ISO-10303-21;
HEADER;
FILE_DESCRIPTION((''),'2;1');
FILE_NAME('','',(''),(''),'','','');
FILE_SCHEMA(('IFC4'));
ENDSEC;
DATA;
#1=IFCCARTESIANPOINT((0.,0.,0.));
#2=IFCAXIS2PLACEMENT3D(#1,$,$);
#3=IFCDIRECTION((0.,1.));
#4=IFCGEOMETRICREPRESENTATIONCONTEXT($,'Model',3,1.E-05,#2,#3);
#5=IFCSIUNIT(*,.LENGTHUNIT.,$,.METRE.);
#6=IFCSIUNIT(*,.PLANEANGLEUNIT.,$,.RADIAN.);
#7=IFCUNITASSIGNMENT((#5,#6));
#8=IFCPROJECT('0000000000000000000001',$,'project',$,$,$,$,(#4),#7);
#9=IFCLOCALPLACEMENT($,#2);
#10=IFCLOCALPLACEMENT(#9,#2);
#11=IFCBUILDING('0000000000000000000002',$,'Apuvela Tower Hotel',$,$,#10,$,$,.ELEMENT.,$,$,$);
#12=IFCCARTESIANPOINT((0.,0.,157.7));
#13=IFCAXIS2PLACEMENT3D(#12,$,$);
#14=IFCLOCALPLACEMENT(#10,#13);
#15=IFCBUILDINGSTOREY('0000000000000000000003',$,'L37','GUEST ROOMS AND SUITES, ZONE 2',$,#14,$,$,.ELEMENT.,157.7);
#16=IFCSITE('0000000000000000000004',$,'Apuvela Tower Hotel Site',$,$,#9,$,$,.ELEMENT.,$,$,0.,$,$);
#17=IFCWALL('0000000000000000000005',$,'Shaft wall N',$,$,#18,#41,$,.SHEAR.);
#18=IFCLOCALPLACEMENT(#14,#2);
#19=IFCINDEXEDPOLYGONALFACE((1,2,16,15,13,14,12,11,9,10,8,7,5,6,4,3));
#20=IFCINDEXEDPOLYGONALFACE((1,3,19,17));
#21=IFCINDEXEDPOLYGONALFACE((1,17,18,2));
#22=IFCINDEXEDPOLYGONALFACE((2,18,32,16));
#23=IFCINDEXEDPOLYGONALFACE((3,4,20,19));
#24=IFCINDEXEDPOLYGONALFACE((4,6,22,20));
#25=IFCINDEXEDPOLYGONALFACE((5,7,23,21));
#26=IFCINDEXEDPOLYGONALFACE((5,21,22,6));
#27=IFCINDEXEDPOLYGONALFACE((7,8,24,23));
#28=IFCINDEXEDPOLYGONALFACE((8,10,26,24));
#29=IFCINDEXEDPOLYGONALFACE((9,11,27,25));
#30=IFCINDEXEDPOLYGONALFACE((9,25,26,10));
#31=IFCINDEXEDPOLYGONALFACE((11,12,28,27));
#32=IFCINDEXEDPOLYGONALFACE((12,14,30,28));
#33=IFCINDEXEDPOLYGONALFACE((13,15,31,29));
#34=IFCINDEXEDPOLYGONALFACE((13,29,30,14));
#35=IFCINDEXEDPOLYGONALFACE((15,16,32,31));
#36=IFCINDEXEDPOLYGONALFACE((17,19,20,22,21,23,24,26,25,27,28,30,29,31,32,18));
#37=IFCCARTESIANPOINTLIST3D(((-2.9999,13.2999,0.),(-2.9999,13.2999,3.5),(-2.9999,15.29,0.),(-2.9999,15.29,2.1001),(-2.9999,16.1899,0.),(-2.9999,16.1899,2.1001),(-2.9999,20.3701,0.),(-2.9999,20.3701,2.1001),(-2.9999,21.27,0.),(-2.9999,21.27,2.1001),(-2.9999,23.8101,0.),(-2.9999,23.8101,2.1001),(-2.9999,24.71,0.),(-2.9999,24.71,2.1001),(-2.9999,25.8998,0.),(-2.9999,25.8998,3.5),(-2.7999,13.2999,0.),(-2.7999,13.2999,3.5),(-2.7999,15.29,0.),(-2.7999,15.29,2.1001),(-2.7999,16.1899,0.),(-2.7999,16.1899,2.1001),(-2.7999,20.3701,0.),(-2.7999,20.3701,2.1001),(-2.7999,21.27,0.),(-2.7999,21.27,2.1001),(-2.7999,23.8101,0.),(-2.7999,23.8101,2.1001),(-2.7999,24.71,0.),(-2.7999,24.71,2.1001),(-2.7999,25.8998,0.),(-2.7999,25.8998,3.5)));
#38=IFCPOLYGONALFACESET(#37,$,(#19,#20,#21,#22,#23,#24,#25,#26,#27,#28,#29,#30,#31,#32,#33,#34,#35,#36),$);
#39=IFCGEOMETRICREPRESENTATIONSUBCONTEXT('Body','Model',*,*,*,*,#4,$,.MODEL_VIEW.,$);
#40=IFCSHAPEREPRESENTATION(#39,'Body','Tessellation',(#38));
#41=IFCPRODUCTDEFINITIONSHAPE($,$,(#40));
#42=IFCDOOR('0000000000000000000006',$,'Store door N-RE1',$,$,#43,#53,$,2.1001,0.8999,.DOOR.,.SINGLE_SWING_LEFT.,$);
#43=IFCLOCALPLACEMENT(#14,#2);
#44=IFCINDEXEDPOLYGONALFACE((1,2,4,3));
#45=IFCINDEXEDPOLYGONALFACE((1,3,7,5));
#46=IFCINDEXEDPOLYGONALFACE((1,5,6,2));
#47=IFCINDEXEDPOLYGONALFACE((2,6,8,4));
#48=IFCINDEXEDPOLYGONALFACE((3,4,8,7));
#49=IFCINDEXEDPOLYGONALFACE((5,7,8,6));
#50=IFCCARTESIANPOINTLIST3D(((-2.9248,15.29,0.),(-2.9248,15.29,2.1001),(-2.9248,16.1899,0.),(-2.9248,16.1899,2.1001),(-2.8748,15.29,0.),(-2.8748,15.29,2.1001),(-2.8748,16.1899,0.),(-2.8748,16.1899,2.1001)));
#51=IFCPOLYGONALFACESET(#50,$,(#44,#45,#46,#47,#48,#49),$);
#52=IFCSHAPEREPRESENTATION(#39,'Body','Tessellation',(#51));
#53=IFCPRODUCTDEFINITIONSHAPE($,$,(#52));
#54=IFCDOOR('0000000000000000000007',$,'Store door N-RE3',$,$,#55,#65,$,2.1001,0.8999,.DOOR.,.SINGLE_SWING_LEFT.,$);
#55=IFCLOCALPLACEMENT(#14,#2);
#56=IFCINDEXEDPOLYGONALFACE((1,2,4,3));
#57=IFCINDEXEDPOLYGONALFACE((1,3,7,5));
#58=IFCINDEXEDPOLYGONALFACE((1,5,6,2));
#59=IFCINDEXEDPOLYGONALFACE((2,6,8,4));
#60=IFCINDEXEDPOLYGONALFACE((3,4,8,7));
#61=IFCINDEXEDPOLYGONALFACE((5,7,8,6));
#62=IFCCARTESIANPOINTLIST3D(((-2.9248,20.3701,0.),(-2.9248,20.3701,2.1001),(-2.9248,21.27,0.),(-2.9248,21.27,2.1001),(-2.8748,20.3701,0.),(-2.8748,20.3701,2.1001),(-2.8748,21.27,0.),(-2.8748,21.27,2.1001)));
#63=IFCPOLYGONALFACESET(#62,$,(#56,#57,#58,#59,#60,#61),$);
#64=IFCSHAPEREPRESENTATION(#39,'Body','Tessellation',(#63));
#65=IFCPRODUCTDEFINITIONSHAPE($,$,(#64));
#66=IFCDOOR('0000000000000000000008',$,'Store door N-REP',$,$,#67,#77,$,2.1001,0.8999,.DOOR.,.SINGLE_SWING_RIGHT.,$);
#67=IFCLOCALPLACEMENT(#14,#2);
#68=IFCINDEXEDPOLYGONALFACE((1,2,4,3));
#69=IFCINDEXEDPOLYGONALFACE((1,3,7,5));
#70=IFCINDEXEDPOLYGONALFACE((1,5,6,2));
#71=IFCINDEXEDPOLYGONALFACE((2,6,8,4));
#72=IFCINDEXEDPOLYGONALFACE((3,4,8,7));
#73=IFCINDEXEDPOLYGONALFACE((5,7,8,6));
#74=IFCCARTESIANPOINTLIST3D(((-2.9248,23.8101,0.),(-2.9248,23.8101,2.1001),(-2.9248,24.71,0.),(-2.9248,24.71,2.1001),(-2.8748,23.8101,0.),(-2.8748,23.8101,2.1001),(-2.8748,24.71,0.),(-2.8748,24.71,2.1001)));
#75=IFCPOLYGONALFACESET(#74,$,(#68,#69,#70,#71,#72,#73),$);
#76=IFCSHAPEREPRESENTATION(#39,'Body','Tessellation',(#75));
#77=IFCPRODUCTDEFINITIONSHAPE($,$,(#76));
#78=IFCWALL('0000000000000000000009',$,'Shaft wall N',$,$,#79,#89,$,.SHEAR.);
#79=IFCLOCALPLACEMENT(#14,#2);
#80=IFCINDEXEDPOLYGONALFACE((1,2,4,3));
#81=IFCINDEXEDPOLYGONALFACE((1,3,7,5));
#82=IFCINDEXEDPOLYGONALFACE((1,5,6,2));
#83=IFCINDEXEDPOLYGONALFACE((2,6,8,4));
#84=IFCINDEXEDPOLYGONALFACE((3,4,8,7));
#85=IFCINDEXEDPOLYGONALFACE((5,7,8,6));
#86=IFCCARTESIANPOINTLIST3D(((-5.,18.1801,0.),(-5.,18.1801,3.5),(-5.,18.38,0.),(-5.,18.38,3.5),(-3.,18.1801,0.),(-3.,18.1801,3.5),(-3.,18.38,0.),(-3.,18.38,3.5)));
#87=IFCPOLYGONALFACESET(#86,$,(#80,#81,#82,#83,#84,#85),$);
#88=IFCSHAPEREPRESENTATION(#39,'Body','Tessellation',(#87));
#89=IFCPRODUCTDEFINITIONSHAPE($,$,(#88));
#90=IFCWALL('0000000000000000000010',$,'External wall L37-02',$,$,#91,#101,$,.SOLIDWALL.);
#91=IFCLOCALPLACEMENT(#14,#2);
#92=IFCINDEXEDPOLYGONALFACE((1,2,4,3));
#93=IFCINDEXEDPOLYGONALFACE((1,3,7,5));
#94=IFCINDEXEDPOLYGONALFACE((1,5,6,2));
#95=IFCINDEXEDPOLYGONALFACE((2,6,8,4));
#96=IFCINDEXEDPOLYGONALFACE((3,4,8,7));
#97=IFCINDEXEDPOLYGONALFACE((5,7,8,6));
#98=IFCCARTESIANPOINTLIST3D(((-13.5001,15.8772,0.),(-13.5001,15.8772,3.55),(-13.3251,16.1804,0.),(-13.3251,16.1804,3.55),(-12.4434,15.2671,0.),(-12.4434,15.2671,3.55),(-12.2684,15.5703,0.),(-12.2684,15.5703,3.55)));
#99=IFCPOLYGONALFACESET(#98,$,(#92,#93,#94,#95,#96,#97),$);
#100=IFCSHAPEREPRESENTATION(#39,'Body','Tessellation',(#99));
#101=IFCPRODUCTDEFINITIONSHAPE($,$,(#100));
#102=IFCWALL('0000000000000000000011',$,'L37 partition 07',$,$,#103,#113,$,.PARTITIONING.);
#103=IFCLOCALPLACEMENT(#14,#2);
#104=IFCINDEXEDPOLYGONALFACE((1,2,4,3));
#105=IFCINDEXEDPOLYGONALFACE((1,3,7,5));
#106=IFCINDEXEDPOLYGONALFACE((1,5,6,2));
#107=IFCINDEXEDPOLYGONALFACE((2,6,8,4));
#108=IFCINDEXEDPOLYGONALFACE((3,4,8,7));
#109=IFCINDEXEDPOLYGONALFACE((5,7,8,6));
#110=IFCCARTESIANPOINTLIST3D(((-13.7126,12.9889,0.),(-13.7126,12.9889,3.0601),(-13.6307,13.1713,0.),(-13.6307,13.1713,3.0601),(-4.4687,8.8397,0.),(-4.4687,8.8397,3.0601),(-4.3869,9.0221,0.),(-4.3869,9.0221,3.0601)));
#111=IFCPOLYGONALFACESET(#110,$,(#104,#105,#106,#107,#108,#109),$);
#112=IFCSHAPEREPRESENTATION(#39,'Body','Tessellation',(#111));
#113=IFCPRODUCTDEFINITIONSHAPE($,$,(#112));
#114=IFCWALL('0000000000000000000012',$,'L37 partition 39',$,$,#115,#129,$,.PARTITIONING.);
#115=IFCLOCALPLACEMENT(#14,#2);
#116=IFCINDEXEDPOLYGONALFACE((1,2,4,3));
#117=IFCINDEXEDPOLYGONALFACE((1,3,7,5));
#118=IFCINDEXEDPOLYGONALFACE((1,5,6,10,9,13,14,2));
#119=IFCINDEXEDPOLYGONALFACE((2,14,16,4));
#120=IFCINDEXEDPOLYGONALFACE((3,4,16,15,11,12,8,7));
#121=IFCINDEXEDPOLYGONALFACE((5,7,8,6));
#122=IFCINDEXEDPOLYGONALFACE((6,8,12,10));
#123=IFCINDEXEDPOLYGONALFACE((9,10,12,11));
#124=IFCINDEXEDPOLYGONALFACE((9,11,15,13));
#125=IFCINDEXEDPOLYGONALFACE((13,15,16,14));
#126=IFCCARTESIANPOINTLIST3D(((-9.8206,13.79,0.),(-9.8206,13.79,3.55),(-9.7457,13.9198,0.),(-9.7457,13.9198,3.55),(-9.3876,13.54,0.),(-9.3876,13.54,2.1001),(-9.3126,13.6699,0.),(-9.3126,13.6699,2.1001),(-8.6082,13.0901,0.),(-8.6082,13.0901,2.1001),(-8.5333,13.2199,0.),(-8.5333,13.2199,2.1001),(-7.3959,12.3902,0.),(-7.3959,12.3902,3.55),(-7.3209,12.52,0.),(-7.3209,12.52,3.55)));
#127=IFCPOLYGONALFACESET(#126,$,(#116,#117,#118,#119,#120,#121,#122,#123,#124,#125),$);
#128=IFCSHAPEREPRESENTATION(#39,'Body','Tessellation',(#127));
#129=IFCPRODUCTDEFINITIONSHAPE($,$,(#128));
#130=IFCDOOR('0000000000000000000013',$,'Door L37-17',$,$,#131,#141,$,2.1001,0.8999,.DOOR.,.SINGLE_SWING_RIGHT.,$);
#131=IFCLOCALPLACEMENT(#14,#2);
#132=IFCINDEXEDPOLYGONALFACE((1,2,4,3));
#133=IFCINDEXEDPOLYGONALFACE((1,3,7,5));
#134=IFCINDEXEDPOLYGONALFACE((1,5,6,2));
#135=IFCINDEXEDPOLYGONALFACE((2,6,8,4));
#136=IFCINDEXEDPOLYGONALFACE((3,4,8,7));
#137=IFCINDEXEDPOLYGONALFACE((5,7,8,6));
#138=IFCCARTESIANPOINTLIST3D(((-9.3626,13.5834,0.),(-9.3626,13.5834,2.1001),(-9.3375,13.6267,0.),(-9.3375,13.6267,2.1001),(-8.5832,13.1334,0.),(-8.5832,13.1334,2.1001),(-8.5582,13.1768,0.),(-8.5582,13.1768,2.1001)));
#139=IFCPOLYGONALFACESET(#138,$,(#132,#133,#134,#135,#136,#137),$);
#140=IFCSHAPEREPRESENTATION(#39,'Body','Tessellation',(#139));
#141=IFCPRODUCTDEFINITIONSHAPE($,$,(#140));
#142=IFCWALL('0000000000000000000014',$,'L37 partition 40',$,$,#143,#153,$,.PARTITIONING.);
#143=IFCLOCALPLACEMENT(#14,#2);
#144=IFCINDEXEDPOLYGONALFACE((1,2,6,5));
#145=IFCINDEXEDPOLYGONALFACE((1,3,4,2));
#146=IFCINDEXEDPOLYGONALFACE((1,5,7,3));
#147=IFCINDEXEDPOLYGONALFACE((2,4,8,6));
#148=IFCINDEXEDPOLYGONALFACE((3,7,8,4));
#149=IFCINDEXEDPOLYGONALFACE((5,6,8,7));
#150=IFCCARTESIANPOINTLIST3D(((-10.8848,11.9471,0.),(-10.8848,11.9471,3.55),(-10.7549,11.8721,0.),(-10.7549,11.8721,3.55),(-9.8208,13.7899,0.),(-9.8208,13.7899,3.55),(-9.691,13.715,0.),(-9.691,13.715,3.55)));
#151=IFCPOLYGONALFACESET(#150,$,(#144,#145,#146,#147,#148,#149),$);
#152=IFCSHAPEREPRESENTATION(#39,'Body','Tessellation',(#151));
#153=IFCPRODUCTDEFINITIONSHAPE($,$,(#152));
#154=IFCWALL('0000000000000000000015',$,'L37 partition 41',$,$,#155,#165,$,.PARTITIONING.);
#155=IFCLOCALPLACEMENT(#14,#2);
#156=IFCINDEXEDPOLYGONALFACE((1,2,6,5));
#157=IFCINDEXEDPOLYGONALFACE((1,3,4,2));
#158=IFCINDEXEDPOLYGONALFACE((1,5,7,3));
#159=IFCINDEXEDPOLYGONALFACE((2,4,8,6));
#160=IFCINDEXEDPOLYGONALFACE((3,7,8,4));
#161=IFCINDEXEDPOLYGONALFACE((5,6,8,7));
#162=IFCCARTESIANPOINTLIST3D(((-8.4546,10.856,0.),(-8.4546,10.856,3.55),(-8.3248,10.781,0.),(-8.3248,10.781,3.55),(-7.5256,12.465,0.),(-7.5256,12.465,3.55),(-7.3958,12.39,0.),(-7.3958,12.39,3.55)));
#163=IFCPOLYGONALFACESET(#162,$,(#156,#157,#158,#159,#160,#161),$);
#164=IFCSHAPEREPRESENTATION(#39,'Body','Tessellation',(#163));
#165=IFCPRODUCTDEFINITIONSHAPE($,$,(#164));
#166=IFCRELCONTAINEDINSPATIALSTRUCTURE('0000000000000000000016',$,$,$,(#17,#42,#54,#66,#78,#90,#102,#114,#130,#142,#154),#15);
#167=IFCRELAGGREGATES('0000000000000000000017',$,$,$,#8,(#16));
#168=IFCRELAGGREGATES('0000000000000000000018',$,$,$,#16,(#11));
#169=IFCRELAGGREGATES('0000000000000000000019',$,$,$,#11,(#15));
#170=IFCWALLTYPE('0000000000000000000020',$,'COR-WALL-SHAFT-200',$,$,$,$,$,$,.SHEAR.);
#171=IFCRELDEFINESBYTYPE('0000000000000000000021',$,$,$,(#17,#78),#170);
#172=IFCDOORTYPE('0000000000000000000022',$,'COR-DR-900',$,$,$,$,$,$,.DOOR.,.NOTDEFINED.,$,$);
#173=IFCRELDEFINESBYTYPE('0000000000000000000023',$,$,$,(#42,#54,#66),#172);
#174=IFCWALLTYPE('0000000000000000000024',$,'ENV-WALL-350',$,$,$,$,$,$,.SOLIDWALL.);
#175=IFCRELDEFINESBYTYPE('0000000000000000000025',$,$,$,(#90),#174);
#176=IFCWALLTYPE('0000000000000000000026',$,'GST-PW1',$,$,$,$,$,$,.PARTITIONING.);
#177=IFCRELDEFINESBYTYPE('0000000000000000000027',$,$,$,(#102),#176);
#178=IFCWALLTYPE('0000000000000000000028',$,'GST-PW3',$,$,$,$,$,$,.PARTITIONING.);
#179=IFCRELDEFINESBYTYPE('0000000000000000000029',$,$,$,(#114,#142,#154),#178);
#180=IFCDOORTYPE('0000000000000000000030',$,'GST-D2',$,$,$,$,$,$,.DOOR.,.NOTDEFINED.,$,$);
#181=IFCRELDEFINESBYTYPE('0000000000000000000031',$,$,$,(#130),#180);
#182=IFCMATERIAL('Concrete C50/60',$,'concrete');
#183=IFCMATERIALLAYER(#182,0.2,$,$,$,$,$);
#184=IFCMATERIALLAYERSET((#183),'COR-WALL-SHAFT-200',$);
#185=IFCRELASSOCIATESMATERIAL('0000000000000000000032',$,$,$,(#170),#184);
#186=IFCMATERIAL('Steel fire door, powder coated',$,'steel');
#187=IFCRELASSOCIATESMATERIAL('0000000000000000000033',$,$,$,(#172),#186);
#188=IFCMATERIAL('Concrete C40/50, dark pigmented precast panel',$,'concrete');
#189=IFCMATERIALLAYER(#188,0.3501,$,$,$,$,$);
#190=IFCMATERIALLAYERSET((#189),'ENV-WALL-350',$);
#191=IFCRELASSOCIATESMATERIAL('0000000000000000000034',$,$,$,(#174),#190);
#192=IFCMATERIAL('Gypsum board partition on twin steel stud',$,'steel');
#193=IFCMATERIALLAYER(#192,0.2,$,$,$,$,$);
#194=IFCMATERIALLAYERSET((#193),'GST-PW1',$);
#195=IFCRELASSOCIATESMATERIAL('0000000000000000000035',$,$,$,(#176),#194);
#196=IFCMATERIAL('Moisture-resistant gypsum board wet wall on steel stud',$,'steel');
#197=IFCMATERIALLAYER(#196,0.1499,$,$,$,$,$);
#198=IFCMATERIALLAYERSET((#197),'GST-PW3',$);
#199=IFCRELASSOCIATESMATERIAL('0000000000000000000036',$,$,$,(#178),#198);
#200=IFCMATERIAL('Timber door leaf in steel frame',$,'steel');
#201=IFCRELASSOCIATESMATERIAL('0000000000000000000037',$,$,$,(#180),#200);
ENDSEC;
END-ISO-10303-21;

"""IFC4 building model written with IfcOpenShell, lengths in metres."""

from ifc_helpers import new_model, si_unit, direction, frame, frame_2d, origin, place, context, subcontext, project, spatial, rectangle, extrude, material, layer, layer_set, type_object, element, fill, save


model = new_model("IFC4")

# Units and contexts
model_context = context("Model", 3, precision=1e-05, world=origin(), true_north=direction((0.0, 1.0)))
body_context = subcontext(model_context, "Body", "Model", "MODEL_VIEW")
ifc_project = project(units=[si_unit("LENGTHUNIT", "METRE"), si_unit("PLANEANGLEUNIT", "RADIAN")], contexts=[model_context])

# Site, building, storey
site_placement = place(None, origin())
site = spatial("IfcSite", under=ifc_project, at=site_placement, Name="Apuvela Tower Hotel Site", CompositionType="ELEMENT", RefElevation=0.0)
building_placement = place(site_placement, origin())
building = spatial("IfcBuilding", under=site, at=building_placement, Name="Apuvela Tower Hotel", CompositionType="ELEMENT")
storey_placement = place(building_placement, frame((0.0, 0.0, 157.7)))
storey = spatial("IfcBuildingStorey", under=building, at=storey_placement, Name="L37", Description="GUEST ROOMS AND SUITES, ZONE 2", CompositionType="ELEMENT", Elevation=157.7)

# Shared definitions
ifc_material_1 = material(Name="Concrete C50/60", Category="concrete")
ifc_layer_1 = layer(ifc_material_1, 0.2)
ifc_layer_set_1 = layer_set([ifc_layer_1], Name="COR-WALL-SHAFT-200")
wall_type_1 = type_object("IfcWallType", Name="COR-WALL-SHAFT-200", PredefinedType="SHEAR", material=ifc_layer_set_1)

# Wall, openings, doors
wall_1_placement = place(storey_placement, frame((-2.8999, 13.3, 0.0), z_axis=(0.0, 0.0, 1.0), x_axis=(0.0, 1.0, 0.0)))
wall_1 = element("IfcWall", 1, at=wall_1_placement, inside=storey, type_object=wall_type_1, Name="Shaft wall N", PredefinedType="SHEAR", context=body_context, shape_type="SweptSolid", body=[
    extrude(rectangle(XDim=12.5999, YDim=0.2, at=frame_2d((6.2998, 0.0))), origin(), (0.0, 0.0, 1.0), 3.5),
])
opening_1_placement = place(wall_1_placement, frame((1.99, 0.0, 0.0)))
opening_1 = element("IfcOpeningElement", 2, at=opening_1_placement, cuts=wall_1, PredefinedType="OPENING", context=body_context, shape_type="SweptSolid", body=[
    extrude(rectangle(XDim=0.8999, YDim=2.1001, at=frame_2d((0.45, 1.05))), frame((0.0, 0.1099, 0.0), z_axis=(0.0, -1.0, 0.0), x_axis=(1.0, 0.0, 0.0)), (0.0, 0.0, 1.0), 0.22),
])
opening_2_placement = place(wall_1_placement, frame((7.0701, 0.0, 0.0)))
opening_2 = element("IfcOpeningElement", 3, at=opening_2_placement, cuts=wall_1, PredefinedType="OPENING", context=body_context, shape_type="SweptSolid", body=[
    extrude(rectangle(XDim=0.8999, YDim=2.1001, at=frame_2d((0.45, 1.05))), frame((0.0, 0.1099, 0.0), z_axis=(0.0, -1.0, 0.0), x_axis=(1.0, 0.0, 0.0)), (0.0, 0.0, 1.0), 0.22),
])
opening_3_placement = place(wall_1_placement, frame((10.51, 0.0, 0.0)))
opening_3 = element("IfcOpeningElement", 4, at=opening_3_placement, cuts=wall_1, PredefinedType="OPENING", context=body_context, shape_type="SweptSolid", body=[
    extrude(rectangle(XDim=0.8999, YDim=2.1001, at=frame_2d((0.45, 1.05))), frame((0.0, 0.1099, 0.0), z_axis=(0.0, -1.0, 0.0), x_axis=(1.0, 0.0, 0.0)), (0.0, 0.0, 1.0), 0.22),
])
ifc_material_2 = material(Name="Steel fire door, powder coated", Category="steel")
door_type_1 = type_object("IfcDoorType", Name="COR-DR-900", OperationType="NOTDEFINED", PredefinedType="DOOR", material=ifc_material_2)
door_1_placement = place(opening_1_placement, origin())
door_1 = element("IfcDoor", 5, at=door_1_placement, inside=storey, type_object=door_type_1, Name="Store door N-RE1", OperationType="SINGLE_SWING_LEFT", OverallHeight=2.1001, OverallWidth=0.8999, PredefinedType="DOOR", context=body_context, shape_type="SweptSolid", body=[
    extrude(rectangle(XDim=0.8999, YDim=2.1001, at=frame_2d((0.45, 1.05))), frame((0.0, 0.0249, 0.0), z_axis=(0.0, -1.0, 0.0), x_axis=(1.0, 0.0, 0.0)), (0.0, 0.0, 1.0), 0.05),
])
fill(opening_1, door_1)
door_2_placement = place(opening_2_placement, origin())
door_2 = element("IfcDoor", 6, at=door_2_placement, inside=storey, type_object=door_type_1, Name="Store door N-RE3", OperationType="SINGLE_SWING_LEFT", OverallHeight=2.1001, OverallWidth=0.8999, PredefinedType="DOOR", context=body_context, shape_type="SweptSolid", body=[
    extrude(rectangle(XDim=0.8999, YDim=2.1001, at=frame_2d((0.45, 1.05))), frame((0.0, 0.0249, 0.0), z_axis=(0.0, -1.0, 0.0), x_axis=(1.0, 0.0, 0.0)), (0.0, 0.0, 1.0), 0.05),
])
fill(opening_2, door_2)
door_3_placement = place(opening_3_placement, origin())
door_3 = element("IfcDoor", 7, at=door_3_placement, inside=storey, type_object=door_type_1, Name="Store door N-REP", OperationType="SINGLE_SWING_RIGHT", OverallHeight=2.1001, OverallWidth=0.8999, PredefinedType="DOOR", context=body_context, shape_type="SweptSolid", body=[
    extrude(rectangle(XDim=0.8999, YDim=2.1001, at=frame_2d((0.45, 1.05))), frame((0.0, 0.0249, 0.0), z_axis=(0.0, -1.0, 0.0), x_axis=(1.0, 0.0, 0.0)), (0.0, 0.0, 1.0), 0.05),
])
fill(opening_3, door_3)

# Walls
wall_2_placement = place(storey_placement, frame((-3.0, 18.28, 0.0), z_axis=(0.0, 0.0, 1.0), x_axis=(-1.0, 0.0, 0.0)))
element("IfcWall", 8, at=wall_2_placement, inside=storey, type_object=wall_type_1, Name="Shaft wall N", PredefinedType="SHEAR", context=body_context, shape_type="SweptSolid", body=[
    extrude(rectangle(XDim=2.0, YDim=0.2, at=frame_2d((1.0, 0.0))), origin(), (0.0, 0.0, 1.0), 3.5),
])
ifc_material_3 = material(Name="Concrete C40/50, dark pigmented precast panel", Category="concrete")
ifc_layer_2 = layer(ifc_material_3, 0.3501)
ifc_layer_set_2 = layer_set([ifc_layer_2], Name="ENV-WALL-350")
wall_type_2 = type_object("IfcWallType", Name="ENV-WALL-350", PredefinedType="SOLIDWALL", material=ifc_layer_set_2)
wall_3_placement = place(storey_placement, frame((-13.4126, 16.0288, 0.0), z_axis=(0.0, 0.0, 1.0), x_axis=(0.866006, -0.500034, 0.0)))
element("IfcWall", 9, at=wall_3_placement, inside=storey, type_object=wall_type_2, Name="External wall L37-02", PredefinedType="SOLIDWALL", context=body_context, shape_type="SweptSolid", body=[
    extrude(rectangle(XDim=1.2202, YDim=0.3501, at=frame_2d((0.6101, 0.0))), origin(), (0.0, 0.0, 1.0), 3.55),
])

# Wall
ifc_material_4 = material(Name="Gypsum board partition on twin steel stud", Category="steel")
ifc_layer_3 = layer(ifc_material_4, 0.2)
ifc_layer_set_3 = layer_set([ifc_layer_3], Name="GST-PW1")
wall_type_3 = type_object("IfcWallType", Name="GST-PW1", PredefinedType="PARTITIONING", material=ifc_layer_set_3)
wall_4_placement = place(storey_placement, frame((-13.6716, 13.0801, 0.0), z_axis=(0.0, 0.0, 1.0), x_axis=(0.912312, -0.409496, 0.0)))
element("IfcWall", 10, at=wall_4_placement, inside=storey, type_object=wall_type_3, Name="L37 partition 07", PredefinedType="PARTITIONING", context=body_context, shape_type="SweptSolid", body=[
    extrude(rectangle(XDim=10.1323, YDim=0.2, at=frame_2d((5.0662, 0.0))), origin(), (0.0, 0.0, 1.0), 3.0601),
])

# Wall, opening, door
ifc_material_5 = material(Name="Moisture-resistant gypsum board wet wall on steel stud", Category="steel")
ifc_layer_4 = layer(ifc_material_5, 0.1499)
ifc_layer_set_4 = layer_set([ifc_layer_4], Name="GST-PW3")
wall_type_4 = type_object("IfcWallType", Name="GST-PW3", PredefinedType="PARTITIONING", material=ifc_layer_set_4)
wall_5_placement = place(storey_placement, frame((-7.3584, 12.4551, 0.0), z_axis=(0.0, 0.0, 1.0), x_axis=(-0.866035, 0.499984, 0.0)))
wall_5 = element("IfcWall", 11, at=wall_5_placement, inside=storey, type_object=wall_type_4, Name="L37 partition 39", PredefinedType="PARTITIONING", context=body_context, shape_type="SweptSolid", body=[
    extrude(rectangle(XDim=2.7998, YDim=0.1499, at=frame_2d((1.3999, 0.0))), origin(), (0.0, 0.0, 1.0), 3.55),
])
opening_4_placement = place(wall_5_placement, frame((1.3999, 0.0, 0.0)))
opening_4 = element("IfcOpeningElement", 12, at=opening_4_placement, cuts=wall_5, PredefinedType="OPENING", context=body_context, shape_type="SweptSolid", body=[
    extrude(rectangle(XDim=0.8999, YDim=2.1001, at=frame_2d((0.45, 1.05))), frame((0.0, 0.085, 0.0), z_axis=(0.0, -1.0, 0.0), x_axis=(1.0, 0.0, 0.0)), (0.0, 0.0, 1.0), 0.1699),
])
ifc_material_6 = material(Name="Timber door leaf in steel frame", Category="steel")
door_type_2 = type_object("IfcDoorType", Name="GST-D2", OperationType="NOTDEFINED", PredefinedType="DOOR", material=ifc_material_6)
door_4_placement = place(opening_4_placement, origin())
door_4 = element("IfcDoor", 13, at=door_4_placement, inside=storey, type_object=door_type_2, Name="Door L37-17", OperationType="SINGLE_SWING_RIGHT", OverallHeight=2.1001, OverallWidth=0.8999, PredefinedType="DOOR", context=body_context, shape_type="SweptSolid", body=[
    extrude(rectangle(XDim=0.8999, YDim=2.1001, at=frame_2d((0.45, 1.05))), frame((0.0, 0.0249, 0.0), z_axis=(0.0, -1.0, 0.0), x_axis=(1.0, 0.0, 0.0)), (0.0, 0.0, 1.0), 0.05),
])
fill(opening_4, door_4)

# Walls
wall_6_placement = place(storey_placement, frame((-9.7559, 13.7524, 0.0), z_axis=(0.0, 0.0, 1.0), x_axis=(-0.500014, -0.866017, 0.0)))
element("IfcWall", 14, at=wall_6_placement, inside=storey, type_object=wall_type_4, Name="L37 partition 40", PredefinedType="PARTITIONING", context=body_context, shape_type="SweptSolid", body=[
    extrude(rectangle(XDim=2.1279, YDim=0.1499, at=frame_2d((1.064, 0.0))), origin(), (0.0, 0.0, 1.0), 3.55),
])
wall_7_placement = place(storey_placement, frame((-7.4607, 12.4275, 0.0), z_axis=(0.0, 0.0, 1.0), x_axis=(-0.500026, -0.866011, 0.0)))
element("IfcWall", 15, at=wall_7_placement, inside=storey, type_object=wall_type_4, Name="L37 partition 41", PredefinedType="PARTITIONING", context=body_context, shape_type="SweptSolid", body=[
    extrude(rectangle(XDim=1.8579, YDim=0.1499, at=frame_2d((0.929, 0.0))), origin(), (0.0, 0.0, 1.0), 3.55),
])

save(model, "model.ifc")
